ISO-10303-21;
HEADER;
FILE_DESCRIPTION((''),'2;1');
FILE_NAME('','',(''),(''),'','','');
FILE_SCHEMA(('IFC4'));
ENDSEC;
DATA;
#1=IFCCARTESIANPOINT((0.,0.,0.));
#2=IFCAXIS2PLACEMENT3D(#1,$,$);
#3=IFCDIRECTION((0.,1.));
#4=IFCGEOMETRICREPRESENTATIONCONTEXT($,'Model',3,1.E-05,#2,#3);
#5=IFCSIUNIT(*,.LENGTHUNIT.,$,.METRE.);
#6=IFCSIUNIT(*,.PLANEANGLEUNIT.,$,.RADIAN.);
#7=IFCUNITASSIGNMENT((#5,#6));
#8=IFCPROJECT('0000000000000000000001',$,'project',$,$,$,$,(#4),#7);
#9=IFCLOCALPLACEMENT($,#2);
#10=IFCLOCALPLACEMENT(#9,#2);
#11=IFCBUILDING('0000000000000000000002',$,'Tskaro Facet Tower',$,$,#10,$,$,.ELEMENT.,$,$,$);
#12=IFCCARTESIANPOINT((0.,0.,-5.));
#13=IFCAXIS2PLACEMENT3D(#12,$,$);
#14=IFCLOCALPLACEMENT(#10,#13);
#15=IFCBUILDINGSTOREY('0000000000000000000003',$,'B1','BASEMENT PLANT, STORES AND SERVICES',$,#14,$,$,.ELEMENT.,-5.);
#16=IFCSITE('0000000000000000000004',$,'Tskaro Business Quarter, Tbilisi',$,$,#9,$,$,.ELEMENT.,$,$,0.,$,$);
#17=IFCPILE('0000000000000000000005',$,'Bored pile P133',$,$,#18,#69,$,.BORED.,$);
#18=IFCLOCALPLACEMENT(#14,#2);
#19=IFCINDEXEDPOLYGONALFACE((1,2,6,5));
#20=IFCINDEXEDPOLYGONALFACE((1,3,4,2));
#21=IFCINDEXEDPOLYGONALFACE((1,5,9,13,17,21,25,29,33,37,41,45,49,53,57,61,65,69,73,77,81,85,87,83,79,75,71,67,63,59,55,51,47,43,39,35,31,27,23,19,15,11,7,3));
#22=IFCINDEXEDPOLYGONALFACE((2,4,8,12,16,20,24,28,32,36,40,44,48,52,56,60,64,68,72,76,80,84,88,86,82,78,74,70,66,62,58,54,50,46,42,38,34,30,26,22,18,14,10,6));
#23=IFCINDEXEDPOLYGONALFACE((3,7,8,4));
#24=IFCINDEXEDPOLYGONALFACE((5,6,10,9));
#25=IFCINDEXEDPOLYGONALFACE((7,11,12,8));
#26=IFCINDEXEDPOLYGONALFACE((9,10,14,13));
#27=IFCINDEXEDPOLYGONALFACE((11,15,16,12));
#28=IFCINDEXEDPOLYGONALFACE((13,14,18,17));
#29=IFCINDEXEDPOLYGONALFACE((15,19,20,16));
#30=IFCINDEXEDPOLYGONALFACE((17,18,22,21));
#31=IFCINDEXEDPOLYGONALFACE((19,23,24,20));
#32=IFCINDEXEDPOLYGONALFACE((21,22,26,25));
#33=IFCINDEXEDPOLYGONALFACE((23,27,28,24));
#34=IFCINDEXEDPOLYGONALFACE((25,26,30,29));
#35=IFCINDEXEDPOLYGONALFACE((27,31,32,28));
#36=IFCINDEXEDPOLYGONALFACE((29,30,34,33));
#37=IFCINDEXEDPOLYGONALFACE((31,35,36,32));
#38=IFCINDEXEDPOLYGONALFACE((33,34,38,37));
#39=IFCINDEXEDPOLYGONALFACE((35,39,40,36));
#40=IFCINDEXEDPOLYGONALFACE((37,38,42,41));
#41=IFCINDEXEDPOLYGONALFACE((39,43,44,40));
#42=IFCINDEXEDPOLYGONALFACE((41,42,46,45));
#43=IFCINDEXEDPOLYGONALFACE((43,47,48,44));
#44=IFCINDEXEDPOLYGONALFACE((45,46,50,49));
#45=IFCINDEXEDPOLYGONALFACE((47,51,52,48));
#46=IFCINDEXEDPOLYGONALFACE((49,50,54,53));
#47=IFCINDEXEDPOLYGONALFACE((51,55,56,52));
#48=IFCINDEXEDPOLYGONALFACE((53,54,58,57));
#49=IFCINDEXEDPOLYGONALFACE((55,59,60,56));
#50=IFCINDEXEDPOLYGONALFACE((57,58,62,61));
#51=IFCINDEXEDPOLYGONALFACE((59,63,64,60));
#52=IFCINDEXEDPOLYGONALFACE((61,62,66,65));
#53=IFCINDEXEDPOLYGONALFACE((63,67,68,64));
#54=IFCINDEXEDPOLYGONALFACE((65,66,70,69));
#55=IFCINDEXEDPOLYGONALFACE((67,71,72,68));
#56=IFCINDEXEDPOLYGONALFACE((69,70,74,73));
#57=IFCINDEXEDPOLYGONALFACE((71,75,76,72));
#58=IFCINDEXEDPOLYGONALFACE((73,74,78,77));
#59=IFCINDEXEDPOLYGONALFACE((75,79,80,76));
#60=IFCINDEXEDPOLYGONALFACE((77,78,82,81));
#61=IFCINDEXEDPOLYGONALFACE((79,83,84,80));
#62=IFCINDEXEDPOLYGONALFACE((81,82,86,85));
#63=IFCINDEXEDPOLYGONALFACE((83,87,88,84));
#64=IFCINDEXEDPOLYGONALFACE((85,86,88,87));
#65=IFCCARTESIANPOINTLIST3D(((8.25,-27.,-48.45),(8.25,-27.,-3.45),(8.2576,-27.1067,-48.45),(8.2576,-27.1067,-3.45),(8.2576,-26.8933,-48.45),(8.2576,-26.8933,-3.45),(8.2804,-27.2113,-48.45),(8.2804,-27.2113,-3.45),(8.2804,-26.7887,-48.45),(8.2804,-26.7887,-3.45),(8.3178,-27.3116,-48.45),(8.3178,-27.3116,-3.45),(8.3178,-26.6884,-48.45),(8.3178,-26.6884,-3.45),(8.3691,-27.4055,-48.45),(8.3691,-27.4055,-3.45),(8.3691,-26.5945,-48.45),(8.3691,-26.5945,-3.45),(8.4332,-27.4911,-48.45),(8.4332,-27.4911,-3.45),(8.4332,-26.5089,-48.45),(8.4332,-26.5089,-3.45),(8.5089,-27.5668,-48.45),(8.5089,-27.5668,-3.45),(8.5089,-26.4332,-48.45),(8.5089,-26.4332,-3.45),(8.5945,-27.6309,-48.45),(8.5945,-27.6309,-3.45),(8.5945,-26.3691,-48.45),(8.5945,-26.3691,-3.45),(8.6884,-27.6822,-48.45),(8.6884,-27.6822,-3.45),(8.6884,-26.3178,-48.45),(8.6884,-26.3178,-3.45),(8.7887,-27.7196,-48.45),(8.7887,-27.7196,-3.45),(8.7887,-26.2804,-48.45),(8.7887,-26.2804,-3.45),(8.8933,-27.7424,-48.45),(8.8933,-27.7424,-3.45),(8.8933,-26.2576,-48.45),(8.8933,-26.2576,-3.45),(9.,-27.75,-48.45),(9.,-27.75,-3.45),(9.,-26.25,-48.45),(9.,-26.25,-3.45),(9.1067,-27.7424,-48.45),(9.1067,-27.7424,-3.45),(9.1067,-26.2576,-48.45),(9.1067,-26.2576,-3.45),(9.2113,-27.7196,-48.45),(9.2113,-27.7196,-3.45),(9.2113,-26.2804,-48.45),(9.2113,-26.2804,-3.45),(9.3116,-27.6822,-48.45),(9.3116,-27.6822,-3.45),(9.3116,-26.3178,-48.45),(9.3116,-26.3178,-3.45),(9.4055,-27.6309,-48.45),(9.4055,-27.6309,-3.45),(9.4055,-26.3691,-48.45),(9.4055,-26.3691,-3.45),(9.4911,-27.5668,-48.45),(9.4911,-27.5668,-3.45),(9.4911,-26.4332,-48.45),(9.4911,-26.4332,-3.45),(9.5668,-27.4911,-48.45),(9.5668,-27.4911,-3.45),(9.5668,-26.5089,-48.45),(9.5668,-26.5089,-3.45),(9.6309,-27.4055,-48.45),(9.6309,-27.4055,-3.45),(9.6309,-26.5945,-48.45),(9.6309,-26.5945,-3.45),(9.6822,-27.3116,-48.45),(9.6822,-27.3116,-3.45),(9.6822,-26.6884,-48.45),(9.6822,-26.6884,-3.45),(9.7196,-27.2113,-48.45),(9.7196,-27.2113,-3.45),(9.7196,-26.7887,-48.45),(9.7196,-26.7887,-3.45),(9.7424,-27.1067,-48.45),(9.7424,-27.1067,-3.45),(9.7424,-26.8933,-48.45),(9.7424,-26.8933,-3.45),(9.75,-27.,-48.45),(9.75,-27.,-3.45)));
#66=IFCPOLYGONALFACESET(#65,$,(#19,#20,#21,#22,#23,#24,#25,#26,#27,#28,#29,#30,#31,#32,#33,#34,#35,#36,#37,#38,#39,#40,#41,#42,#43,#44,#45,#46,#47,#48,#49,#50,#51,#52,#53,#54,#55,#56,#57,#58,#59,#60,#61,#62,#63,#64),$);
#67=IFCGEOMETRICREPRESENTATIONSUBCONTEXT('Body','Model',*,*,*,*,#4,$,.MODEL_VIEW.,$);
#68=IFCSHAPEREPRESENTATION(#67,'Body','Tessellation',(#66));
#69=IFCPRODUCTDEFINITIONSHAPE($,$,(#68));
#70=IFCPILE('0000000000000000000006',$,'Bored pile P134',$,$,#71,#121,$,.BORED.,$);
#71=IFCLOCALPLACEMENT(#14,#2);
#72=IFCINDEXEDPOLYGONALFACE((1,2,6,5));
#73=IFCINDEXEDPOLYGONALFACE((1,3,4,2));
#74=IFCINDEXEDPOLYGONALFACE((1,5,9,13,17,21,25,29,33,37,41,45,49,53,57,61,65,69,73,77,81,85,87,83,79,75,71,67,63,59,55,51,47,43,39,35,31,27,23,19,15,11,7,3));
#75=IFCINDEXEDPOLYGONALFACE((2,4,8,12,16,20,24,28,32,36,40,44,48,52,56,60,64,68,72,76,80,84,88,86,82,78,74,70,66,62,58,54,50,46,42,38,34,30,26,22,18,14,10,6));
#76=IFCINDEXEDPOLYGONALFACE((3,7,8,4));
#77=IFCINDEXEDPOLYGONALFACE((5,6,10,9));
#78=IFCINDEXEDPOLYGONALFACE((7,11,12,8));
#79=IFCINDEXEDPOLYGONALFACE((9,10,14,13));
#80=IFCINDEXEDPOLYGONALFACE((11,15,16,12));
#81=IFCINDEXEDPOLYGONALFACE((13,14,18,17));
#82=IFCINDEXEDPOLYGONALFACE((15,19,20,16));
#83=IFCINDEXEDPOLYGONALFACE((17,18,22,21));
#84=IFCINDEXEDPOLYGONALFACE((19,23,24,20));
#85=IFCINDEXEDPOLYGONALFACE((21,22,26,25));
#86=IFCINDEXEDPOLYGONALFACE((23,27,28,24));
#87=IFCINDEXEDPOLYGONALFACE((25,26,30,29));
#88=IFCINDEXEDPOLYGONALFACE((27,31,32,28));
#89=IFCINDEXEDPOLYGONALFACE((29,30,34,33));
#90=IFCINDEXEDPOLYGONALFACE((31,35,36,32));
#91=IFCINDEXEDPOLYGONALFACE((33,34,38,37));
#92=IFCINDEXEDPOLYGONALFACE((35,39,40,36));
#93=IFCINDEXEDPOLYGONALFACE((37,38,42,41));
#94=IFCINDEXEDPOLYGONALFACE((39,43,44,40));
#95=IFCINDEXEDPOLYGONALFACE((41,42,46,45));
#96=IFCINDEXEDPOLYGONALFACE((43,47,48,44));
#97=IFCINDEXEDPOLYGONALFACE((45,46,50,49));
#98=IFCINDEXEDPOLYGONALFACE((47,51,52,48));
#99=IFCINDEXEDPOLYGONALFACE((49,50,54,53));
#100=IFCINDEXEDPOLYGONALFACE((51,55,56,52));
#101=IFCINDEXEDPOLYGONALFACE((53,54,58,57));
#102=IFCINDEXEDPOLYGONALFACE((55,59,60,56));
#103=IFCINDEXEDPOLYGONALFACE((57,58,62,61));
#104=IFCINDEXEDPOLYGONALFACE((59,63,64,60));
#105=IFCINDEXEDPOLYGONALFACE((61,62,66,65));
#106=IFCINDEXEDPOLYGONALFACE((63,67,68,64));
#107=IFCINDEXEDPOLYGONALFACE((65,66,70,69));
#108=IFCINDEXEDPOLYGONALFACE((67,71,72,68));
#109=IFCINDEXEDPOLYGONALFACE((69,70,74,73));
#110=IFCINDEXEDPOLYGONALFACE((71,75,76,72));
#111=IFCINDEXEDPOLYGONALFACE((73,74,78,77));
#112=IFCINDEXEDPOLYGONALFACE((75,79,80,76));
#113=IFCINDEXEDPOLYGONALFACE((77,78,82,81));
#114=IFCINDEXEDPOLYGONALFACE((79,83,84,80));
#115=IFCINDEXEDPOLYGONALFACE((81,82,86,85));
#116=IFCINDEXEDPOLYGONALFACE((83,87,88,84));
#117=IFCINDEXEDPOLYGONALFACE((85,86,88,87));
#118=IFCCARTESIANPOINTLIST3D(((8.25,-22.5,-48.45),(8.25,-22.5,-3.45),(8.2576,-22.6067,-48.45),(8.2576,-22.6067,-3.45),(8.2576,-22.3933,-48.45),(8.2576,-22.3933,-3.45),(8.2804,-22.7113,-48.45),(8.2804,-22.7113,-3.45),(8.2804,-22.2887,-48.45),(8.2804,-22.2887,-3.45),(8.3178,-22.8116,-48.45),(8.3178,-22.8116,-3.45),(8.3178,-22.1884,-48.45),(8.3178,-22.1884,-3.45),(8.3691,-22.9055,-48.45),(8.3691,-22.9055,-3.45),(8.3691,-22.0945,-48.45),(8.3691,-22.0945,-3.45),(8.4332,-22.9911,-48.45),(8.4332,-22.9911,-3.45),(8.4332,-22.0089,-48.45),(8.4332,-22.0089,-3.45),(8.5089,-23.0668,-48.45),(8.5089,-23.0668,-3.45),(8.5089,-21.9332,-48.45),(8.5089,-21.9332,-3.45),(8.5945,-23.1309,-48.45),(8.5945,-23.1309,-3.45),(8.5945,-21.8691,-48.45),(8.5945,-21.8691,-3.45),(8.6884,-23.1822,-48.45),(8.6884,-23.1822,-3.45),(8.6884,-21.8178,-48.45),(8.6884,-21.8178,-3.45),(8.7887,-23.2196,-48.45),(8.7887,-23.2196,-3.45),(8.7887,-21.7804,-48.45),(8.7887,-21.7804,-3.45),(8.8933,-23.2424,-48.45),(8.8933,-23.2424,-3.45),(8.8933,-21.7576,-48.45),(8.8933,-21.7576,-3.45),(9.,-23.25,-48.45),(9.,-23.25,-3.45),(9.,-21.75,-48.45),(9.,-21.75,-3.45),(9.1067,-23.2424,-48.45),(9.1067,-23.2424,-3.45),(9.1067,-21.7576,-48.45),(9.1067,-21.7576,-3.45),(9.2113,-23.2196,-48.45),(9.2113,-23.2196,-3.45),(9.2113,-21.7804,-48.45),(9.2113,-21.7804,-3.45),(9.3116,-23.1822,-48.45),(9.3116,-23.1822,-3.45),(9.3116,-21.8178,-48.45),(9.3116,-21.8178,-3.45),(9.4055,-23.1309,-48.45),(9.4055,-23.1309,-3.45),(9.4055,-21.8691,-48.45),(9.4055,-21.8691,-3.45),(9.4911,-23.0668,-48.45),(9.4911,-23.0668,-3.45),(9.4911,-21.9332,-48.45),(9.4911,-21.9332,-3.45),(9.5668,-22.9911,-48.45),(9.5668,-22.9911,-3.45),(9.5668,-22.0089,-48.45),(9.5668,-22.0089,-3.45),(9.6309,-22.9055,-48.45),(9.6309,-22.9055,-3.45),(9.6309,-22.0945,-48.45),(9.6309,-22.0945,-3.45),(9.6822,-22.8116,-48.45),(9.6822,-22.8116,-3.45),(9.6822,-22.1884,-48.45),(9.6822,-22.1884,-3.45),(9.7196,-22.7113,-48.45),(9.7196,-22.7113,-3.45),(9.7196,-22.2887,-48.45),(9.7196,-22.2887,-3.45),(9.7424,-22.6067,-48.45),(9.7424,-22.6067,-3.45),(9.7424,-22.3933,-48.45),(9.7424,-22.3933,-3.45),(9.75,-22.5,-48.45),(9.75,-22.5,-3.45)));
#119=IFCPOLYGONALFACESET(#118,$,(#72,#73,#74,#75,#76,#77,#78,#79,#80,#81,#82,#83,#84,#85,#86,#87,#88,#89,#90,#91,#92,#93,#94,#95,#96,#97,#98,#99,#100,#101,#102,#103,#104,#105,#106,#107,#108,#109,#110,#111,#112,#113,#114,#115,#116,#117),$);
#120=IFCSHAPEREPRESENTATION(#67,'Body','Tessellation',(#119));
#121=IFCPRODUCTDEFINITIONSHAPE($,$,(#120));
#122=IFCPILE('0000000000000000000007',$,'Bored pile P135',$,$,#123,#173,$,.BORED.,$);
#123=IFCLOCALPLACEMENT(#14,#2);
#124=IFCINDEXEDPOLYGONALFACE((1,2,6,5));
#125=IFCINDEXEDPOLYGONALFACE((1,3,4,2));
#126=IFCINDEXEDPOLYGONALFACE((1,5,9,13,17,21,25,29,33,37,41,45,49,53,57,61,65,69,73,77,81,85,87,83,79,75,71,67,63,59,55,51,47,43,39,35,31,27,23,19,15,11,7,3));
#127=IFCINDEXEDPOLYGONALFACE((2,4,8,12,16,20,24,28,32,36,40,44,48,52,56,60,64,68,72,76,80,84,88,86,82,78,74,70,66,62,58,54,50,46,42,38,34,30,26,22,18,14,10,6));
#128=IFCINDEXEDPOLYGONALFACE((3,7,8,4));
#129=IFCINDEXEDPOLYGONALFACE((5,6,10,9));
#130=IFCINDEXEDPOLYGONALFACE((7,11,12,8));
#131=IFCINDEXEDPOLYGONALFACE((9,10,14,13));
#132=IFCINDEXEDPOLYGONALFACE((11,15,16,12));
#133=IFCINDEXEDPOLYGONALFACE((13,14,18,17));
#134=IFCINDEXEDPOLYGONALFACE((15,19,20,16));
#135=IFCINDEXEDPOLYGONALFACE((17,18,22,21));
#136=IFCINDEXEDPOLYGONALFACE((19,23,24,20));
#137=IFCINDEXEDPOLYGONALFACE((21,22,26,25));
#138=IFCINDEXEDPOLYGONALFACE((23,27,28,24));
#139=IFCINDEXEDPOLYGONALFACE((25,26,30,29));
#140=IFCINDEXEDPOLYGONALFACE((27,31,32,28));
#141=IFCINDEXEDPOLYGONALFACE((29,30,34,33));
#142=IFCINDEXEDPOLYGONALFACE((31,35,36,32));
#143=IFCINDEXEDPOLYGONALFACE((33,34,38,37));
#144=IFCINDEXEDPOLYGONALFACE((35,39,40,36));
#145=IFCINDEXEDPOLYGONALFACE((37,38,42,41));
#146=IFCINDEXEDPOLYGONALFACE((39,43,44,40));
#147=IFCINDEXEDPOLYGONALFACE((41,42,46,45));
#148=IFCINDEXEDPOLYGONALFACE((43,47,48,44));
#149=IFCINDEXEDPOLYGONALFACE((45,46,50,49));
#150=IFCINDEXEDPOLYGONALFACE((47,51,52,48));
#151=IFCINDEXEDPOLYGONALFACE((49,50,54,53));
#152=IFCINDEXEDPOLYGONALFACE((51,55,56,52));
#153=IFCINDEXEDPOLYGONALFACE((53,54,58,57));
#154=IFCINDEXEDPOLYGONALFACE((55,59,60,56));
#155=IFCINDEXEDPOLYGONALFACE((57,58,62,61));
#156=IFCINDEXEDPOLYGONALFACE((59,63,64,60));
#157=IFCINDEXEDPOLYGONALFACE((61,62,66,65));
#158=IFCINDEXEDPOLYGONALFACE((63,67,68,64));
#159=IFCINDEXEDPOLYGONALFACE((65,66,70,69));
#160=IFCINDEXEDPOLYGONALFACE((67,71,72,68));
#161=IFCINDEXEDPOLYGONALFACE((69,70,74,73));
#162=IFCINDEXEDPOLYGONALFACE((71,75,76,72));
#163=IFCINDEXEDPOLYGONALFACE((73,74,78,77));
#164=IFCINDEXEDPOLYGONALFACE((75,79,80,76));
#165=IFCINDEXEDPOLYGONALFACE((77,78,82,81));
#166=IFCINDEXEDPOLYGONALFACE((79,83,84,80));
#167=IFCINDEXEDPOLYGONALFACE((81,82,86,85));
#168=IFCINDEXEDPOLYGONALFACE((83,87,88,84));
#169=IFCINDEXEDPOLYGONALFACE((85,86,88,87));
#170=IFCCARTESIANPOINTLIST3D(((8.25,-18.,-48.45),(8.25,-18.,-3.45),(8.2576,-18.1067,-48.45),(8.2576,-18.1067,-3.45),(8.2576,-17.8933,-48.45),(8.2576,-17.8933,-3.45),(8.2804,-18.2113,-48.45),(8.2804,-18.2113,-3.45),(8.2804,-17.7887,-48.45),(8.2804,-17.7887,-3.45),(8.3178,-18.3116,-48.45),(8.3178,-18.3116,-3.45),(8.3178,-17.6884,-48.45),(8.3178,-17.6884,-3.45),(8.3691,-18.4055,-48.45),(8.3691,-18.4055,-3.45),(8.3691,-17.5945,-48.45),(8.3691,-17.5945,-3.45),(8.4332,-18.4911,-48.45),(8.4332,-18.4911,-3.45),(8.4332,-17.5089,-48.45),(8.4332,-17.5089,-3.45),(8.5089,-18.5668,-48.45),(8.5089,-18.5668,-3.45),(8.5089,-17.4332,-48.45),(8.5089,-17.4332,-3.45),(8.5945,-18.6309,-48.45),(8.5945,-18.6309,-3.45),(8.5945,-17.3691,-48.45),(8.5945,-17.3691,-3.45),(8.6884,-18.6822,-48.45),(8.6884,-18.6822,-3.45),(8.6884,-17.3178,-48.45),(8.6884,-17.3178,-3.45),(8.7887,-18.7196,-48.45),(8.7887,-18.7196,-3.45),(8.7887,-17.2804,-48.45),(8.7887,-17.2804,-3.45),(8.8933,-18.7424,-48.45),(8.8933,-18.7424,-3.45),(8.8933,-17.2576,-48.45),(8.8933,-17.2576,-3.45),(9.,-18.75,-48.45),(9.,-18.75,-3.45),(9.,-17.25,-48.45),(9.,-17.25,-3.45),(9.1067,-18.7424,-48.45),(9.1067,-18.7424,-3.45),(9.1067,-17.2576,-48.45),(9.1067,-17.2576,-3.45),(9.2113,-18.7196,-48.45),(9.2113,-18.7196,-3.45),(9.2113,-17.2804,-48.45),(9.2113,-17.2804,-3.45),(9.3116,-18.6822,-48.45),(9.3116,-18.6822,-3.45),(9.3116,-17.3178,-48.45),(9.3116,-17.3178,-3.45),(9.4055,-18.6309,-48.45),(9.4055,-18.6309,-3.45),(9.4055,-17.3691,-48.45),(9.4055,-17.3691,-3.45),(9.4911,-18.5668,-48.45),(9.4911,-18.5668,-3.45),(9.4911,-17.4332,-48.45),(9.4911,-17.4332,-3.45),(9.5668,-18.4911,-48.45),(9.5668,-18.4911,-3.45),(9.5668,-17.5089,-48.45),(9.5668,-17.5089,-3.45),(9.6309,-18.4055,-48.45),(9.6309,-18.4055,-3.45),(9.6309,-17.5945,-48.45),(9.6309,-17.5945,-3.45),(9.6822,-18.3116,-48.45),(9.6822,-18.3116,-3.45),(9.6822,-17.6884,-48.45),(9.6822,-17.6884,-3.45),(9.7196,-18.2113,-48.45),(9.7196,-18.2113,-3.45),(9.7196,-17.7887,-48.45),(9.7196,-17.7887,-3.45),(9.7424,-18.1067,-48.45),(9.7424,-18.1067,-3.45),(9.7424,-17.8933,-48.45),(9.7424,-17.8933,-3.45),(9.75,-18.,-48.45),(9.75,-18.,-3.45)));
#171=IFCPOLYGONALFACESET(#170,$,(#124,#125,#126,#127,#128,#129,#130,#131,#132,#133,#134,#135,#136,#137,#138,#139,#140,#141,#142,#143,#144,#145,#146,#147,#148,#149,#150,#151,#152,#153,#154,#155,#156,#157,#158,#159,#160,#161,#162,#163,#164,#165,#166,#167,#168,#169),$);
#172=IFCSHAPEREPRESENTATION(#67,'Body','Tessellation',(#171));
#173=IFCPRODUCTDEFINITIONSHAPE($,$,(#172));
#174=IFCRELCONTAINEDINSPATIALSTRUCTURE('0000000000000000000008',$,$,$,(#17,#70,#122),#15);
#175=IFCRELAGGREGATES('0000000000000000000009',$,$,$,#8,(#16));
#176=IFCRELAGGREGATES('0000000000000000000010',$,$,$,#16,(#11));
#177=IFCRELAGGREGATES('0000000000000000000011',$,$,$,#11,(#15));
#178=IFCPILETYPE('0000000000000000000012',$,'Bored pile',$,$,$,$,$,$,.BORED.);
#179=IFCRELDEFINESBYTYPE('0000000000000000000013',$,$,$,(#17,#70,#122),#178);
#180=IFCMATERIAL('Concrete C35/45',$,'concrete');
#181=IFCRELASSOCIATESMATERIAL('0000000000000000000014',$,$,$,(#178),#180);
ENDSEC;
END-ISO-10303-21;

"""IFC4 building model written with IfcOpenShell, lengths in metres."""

from ifc_helpers import new_model, si_unit, direction, frame, origin, origin_2d, place, context, subcontext, project, spatial, circle, extrude, material, material_profile, profile_set, type_object, element, save


model = new_model("IFC4")

# Units and contexts
model_context = context("Model", 3, precision=1e-05, world=origin(), true_north=direction((0.0, 1.0)))
body_context = subcontext(model_context, "Body", "Model", "MODEL_VIEW")
ifc_project = project(units=[si_unit("LENGTHUNIT", "METRE"), si_unit("PLANEANGLEUNIT", "RADIAN")], contexts=[model_context])

# Site, building, storey
site_placement = place(None, origin())
site = spatial("IfcSite", under=ifc_project, at=site_placement, Name="Tskaro Business Quarter, Tbilisi", CompositionType="ELEMENT", RefElevation=0.0)
building_placement = place(site_placement, origin())
building = spatial("IfcBuilding", under=site, at=building_placement, Name="Tskaro Facet Tower", CompositionType="ELEMENT")
storey_placement = place(building_placement, frame((0.0, 0.0, -5.0)))
storey = spatial("IfcBuildingStorey", under=building, at=storey_placement, Name="B1", Description="BASEMENT PLANT, STORES AND SERVICES", CompositionType="ELEMENT", Elevation=-5.0)

# Piles
ifc_material_1 = material(Name="Concrete C35/45", Category="concrete")
ifc_material_profile_1 = material_profile(ifc_material_1, circle(Radius=0.75, at=origin_2d()), Name="Bored pile")
ifc_profile_set_1 = profile_set([ifc_material_profile_1], Name="Concrete C35/45")
pile_type = type_object("IfcPileType", Name="Bored pile", PredefinedType="BORED", material=ifc_profile_set_1)
for number, where, z_axis, x_axis, name in (
    (1, (9.0, -27.0, -3.45), (0.0, 0.0, -1.0), (1.0, 0.0, 0.0), "Bored pile P133"),
    (2, (9.0, -22.5, -3.45), (0.0, 0.0, -1.0), (1.0, 0.0, 0.0), "Bored pile P134"),
    (3, (9.0, -18.0, -3.45), (0.0, 0.0, -1.0), (1.0, 0.0, 0.0), "Bored pile P135"),
):
    element("IfcPile", number, at=place(storey_placement, frame(where, z_axis=z_axis, x_axis=x_axis)), inside=storey, type_object=pile_type, Name=name, PredefinedType="BORED", context=body_context, shape_type="SweptSolid", body=[
        extrude(circle(Radius=0.75, at=origin_2d()), origin(), (0.0, 0.0, 1.0), 45.0),
    ])

save(model, "model.ifc")
